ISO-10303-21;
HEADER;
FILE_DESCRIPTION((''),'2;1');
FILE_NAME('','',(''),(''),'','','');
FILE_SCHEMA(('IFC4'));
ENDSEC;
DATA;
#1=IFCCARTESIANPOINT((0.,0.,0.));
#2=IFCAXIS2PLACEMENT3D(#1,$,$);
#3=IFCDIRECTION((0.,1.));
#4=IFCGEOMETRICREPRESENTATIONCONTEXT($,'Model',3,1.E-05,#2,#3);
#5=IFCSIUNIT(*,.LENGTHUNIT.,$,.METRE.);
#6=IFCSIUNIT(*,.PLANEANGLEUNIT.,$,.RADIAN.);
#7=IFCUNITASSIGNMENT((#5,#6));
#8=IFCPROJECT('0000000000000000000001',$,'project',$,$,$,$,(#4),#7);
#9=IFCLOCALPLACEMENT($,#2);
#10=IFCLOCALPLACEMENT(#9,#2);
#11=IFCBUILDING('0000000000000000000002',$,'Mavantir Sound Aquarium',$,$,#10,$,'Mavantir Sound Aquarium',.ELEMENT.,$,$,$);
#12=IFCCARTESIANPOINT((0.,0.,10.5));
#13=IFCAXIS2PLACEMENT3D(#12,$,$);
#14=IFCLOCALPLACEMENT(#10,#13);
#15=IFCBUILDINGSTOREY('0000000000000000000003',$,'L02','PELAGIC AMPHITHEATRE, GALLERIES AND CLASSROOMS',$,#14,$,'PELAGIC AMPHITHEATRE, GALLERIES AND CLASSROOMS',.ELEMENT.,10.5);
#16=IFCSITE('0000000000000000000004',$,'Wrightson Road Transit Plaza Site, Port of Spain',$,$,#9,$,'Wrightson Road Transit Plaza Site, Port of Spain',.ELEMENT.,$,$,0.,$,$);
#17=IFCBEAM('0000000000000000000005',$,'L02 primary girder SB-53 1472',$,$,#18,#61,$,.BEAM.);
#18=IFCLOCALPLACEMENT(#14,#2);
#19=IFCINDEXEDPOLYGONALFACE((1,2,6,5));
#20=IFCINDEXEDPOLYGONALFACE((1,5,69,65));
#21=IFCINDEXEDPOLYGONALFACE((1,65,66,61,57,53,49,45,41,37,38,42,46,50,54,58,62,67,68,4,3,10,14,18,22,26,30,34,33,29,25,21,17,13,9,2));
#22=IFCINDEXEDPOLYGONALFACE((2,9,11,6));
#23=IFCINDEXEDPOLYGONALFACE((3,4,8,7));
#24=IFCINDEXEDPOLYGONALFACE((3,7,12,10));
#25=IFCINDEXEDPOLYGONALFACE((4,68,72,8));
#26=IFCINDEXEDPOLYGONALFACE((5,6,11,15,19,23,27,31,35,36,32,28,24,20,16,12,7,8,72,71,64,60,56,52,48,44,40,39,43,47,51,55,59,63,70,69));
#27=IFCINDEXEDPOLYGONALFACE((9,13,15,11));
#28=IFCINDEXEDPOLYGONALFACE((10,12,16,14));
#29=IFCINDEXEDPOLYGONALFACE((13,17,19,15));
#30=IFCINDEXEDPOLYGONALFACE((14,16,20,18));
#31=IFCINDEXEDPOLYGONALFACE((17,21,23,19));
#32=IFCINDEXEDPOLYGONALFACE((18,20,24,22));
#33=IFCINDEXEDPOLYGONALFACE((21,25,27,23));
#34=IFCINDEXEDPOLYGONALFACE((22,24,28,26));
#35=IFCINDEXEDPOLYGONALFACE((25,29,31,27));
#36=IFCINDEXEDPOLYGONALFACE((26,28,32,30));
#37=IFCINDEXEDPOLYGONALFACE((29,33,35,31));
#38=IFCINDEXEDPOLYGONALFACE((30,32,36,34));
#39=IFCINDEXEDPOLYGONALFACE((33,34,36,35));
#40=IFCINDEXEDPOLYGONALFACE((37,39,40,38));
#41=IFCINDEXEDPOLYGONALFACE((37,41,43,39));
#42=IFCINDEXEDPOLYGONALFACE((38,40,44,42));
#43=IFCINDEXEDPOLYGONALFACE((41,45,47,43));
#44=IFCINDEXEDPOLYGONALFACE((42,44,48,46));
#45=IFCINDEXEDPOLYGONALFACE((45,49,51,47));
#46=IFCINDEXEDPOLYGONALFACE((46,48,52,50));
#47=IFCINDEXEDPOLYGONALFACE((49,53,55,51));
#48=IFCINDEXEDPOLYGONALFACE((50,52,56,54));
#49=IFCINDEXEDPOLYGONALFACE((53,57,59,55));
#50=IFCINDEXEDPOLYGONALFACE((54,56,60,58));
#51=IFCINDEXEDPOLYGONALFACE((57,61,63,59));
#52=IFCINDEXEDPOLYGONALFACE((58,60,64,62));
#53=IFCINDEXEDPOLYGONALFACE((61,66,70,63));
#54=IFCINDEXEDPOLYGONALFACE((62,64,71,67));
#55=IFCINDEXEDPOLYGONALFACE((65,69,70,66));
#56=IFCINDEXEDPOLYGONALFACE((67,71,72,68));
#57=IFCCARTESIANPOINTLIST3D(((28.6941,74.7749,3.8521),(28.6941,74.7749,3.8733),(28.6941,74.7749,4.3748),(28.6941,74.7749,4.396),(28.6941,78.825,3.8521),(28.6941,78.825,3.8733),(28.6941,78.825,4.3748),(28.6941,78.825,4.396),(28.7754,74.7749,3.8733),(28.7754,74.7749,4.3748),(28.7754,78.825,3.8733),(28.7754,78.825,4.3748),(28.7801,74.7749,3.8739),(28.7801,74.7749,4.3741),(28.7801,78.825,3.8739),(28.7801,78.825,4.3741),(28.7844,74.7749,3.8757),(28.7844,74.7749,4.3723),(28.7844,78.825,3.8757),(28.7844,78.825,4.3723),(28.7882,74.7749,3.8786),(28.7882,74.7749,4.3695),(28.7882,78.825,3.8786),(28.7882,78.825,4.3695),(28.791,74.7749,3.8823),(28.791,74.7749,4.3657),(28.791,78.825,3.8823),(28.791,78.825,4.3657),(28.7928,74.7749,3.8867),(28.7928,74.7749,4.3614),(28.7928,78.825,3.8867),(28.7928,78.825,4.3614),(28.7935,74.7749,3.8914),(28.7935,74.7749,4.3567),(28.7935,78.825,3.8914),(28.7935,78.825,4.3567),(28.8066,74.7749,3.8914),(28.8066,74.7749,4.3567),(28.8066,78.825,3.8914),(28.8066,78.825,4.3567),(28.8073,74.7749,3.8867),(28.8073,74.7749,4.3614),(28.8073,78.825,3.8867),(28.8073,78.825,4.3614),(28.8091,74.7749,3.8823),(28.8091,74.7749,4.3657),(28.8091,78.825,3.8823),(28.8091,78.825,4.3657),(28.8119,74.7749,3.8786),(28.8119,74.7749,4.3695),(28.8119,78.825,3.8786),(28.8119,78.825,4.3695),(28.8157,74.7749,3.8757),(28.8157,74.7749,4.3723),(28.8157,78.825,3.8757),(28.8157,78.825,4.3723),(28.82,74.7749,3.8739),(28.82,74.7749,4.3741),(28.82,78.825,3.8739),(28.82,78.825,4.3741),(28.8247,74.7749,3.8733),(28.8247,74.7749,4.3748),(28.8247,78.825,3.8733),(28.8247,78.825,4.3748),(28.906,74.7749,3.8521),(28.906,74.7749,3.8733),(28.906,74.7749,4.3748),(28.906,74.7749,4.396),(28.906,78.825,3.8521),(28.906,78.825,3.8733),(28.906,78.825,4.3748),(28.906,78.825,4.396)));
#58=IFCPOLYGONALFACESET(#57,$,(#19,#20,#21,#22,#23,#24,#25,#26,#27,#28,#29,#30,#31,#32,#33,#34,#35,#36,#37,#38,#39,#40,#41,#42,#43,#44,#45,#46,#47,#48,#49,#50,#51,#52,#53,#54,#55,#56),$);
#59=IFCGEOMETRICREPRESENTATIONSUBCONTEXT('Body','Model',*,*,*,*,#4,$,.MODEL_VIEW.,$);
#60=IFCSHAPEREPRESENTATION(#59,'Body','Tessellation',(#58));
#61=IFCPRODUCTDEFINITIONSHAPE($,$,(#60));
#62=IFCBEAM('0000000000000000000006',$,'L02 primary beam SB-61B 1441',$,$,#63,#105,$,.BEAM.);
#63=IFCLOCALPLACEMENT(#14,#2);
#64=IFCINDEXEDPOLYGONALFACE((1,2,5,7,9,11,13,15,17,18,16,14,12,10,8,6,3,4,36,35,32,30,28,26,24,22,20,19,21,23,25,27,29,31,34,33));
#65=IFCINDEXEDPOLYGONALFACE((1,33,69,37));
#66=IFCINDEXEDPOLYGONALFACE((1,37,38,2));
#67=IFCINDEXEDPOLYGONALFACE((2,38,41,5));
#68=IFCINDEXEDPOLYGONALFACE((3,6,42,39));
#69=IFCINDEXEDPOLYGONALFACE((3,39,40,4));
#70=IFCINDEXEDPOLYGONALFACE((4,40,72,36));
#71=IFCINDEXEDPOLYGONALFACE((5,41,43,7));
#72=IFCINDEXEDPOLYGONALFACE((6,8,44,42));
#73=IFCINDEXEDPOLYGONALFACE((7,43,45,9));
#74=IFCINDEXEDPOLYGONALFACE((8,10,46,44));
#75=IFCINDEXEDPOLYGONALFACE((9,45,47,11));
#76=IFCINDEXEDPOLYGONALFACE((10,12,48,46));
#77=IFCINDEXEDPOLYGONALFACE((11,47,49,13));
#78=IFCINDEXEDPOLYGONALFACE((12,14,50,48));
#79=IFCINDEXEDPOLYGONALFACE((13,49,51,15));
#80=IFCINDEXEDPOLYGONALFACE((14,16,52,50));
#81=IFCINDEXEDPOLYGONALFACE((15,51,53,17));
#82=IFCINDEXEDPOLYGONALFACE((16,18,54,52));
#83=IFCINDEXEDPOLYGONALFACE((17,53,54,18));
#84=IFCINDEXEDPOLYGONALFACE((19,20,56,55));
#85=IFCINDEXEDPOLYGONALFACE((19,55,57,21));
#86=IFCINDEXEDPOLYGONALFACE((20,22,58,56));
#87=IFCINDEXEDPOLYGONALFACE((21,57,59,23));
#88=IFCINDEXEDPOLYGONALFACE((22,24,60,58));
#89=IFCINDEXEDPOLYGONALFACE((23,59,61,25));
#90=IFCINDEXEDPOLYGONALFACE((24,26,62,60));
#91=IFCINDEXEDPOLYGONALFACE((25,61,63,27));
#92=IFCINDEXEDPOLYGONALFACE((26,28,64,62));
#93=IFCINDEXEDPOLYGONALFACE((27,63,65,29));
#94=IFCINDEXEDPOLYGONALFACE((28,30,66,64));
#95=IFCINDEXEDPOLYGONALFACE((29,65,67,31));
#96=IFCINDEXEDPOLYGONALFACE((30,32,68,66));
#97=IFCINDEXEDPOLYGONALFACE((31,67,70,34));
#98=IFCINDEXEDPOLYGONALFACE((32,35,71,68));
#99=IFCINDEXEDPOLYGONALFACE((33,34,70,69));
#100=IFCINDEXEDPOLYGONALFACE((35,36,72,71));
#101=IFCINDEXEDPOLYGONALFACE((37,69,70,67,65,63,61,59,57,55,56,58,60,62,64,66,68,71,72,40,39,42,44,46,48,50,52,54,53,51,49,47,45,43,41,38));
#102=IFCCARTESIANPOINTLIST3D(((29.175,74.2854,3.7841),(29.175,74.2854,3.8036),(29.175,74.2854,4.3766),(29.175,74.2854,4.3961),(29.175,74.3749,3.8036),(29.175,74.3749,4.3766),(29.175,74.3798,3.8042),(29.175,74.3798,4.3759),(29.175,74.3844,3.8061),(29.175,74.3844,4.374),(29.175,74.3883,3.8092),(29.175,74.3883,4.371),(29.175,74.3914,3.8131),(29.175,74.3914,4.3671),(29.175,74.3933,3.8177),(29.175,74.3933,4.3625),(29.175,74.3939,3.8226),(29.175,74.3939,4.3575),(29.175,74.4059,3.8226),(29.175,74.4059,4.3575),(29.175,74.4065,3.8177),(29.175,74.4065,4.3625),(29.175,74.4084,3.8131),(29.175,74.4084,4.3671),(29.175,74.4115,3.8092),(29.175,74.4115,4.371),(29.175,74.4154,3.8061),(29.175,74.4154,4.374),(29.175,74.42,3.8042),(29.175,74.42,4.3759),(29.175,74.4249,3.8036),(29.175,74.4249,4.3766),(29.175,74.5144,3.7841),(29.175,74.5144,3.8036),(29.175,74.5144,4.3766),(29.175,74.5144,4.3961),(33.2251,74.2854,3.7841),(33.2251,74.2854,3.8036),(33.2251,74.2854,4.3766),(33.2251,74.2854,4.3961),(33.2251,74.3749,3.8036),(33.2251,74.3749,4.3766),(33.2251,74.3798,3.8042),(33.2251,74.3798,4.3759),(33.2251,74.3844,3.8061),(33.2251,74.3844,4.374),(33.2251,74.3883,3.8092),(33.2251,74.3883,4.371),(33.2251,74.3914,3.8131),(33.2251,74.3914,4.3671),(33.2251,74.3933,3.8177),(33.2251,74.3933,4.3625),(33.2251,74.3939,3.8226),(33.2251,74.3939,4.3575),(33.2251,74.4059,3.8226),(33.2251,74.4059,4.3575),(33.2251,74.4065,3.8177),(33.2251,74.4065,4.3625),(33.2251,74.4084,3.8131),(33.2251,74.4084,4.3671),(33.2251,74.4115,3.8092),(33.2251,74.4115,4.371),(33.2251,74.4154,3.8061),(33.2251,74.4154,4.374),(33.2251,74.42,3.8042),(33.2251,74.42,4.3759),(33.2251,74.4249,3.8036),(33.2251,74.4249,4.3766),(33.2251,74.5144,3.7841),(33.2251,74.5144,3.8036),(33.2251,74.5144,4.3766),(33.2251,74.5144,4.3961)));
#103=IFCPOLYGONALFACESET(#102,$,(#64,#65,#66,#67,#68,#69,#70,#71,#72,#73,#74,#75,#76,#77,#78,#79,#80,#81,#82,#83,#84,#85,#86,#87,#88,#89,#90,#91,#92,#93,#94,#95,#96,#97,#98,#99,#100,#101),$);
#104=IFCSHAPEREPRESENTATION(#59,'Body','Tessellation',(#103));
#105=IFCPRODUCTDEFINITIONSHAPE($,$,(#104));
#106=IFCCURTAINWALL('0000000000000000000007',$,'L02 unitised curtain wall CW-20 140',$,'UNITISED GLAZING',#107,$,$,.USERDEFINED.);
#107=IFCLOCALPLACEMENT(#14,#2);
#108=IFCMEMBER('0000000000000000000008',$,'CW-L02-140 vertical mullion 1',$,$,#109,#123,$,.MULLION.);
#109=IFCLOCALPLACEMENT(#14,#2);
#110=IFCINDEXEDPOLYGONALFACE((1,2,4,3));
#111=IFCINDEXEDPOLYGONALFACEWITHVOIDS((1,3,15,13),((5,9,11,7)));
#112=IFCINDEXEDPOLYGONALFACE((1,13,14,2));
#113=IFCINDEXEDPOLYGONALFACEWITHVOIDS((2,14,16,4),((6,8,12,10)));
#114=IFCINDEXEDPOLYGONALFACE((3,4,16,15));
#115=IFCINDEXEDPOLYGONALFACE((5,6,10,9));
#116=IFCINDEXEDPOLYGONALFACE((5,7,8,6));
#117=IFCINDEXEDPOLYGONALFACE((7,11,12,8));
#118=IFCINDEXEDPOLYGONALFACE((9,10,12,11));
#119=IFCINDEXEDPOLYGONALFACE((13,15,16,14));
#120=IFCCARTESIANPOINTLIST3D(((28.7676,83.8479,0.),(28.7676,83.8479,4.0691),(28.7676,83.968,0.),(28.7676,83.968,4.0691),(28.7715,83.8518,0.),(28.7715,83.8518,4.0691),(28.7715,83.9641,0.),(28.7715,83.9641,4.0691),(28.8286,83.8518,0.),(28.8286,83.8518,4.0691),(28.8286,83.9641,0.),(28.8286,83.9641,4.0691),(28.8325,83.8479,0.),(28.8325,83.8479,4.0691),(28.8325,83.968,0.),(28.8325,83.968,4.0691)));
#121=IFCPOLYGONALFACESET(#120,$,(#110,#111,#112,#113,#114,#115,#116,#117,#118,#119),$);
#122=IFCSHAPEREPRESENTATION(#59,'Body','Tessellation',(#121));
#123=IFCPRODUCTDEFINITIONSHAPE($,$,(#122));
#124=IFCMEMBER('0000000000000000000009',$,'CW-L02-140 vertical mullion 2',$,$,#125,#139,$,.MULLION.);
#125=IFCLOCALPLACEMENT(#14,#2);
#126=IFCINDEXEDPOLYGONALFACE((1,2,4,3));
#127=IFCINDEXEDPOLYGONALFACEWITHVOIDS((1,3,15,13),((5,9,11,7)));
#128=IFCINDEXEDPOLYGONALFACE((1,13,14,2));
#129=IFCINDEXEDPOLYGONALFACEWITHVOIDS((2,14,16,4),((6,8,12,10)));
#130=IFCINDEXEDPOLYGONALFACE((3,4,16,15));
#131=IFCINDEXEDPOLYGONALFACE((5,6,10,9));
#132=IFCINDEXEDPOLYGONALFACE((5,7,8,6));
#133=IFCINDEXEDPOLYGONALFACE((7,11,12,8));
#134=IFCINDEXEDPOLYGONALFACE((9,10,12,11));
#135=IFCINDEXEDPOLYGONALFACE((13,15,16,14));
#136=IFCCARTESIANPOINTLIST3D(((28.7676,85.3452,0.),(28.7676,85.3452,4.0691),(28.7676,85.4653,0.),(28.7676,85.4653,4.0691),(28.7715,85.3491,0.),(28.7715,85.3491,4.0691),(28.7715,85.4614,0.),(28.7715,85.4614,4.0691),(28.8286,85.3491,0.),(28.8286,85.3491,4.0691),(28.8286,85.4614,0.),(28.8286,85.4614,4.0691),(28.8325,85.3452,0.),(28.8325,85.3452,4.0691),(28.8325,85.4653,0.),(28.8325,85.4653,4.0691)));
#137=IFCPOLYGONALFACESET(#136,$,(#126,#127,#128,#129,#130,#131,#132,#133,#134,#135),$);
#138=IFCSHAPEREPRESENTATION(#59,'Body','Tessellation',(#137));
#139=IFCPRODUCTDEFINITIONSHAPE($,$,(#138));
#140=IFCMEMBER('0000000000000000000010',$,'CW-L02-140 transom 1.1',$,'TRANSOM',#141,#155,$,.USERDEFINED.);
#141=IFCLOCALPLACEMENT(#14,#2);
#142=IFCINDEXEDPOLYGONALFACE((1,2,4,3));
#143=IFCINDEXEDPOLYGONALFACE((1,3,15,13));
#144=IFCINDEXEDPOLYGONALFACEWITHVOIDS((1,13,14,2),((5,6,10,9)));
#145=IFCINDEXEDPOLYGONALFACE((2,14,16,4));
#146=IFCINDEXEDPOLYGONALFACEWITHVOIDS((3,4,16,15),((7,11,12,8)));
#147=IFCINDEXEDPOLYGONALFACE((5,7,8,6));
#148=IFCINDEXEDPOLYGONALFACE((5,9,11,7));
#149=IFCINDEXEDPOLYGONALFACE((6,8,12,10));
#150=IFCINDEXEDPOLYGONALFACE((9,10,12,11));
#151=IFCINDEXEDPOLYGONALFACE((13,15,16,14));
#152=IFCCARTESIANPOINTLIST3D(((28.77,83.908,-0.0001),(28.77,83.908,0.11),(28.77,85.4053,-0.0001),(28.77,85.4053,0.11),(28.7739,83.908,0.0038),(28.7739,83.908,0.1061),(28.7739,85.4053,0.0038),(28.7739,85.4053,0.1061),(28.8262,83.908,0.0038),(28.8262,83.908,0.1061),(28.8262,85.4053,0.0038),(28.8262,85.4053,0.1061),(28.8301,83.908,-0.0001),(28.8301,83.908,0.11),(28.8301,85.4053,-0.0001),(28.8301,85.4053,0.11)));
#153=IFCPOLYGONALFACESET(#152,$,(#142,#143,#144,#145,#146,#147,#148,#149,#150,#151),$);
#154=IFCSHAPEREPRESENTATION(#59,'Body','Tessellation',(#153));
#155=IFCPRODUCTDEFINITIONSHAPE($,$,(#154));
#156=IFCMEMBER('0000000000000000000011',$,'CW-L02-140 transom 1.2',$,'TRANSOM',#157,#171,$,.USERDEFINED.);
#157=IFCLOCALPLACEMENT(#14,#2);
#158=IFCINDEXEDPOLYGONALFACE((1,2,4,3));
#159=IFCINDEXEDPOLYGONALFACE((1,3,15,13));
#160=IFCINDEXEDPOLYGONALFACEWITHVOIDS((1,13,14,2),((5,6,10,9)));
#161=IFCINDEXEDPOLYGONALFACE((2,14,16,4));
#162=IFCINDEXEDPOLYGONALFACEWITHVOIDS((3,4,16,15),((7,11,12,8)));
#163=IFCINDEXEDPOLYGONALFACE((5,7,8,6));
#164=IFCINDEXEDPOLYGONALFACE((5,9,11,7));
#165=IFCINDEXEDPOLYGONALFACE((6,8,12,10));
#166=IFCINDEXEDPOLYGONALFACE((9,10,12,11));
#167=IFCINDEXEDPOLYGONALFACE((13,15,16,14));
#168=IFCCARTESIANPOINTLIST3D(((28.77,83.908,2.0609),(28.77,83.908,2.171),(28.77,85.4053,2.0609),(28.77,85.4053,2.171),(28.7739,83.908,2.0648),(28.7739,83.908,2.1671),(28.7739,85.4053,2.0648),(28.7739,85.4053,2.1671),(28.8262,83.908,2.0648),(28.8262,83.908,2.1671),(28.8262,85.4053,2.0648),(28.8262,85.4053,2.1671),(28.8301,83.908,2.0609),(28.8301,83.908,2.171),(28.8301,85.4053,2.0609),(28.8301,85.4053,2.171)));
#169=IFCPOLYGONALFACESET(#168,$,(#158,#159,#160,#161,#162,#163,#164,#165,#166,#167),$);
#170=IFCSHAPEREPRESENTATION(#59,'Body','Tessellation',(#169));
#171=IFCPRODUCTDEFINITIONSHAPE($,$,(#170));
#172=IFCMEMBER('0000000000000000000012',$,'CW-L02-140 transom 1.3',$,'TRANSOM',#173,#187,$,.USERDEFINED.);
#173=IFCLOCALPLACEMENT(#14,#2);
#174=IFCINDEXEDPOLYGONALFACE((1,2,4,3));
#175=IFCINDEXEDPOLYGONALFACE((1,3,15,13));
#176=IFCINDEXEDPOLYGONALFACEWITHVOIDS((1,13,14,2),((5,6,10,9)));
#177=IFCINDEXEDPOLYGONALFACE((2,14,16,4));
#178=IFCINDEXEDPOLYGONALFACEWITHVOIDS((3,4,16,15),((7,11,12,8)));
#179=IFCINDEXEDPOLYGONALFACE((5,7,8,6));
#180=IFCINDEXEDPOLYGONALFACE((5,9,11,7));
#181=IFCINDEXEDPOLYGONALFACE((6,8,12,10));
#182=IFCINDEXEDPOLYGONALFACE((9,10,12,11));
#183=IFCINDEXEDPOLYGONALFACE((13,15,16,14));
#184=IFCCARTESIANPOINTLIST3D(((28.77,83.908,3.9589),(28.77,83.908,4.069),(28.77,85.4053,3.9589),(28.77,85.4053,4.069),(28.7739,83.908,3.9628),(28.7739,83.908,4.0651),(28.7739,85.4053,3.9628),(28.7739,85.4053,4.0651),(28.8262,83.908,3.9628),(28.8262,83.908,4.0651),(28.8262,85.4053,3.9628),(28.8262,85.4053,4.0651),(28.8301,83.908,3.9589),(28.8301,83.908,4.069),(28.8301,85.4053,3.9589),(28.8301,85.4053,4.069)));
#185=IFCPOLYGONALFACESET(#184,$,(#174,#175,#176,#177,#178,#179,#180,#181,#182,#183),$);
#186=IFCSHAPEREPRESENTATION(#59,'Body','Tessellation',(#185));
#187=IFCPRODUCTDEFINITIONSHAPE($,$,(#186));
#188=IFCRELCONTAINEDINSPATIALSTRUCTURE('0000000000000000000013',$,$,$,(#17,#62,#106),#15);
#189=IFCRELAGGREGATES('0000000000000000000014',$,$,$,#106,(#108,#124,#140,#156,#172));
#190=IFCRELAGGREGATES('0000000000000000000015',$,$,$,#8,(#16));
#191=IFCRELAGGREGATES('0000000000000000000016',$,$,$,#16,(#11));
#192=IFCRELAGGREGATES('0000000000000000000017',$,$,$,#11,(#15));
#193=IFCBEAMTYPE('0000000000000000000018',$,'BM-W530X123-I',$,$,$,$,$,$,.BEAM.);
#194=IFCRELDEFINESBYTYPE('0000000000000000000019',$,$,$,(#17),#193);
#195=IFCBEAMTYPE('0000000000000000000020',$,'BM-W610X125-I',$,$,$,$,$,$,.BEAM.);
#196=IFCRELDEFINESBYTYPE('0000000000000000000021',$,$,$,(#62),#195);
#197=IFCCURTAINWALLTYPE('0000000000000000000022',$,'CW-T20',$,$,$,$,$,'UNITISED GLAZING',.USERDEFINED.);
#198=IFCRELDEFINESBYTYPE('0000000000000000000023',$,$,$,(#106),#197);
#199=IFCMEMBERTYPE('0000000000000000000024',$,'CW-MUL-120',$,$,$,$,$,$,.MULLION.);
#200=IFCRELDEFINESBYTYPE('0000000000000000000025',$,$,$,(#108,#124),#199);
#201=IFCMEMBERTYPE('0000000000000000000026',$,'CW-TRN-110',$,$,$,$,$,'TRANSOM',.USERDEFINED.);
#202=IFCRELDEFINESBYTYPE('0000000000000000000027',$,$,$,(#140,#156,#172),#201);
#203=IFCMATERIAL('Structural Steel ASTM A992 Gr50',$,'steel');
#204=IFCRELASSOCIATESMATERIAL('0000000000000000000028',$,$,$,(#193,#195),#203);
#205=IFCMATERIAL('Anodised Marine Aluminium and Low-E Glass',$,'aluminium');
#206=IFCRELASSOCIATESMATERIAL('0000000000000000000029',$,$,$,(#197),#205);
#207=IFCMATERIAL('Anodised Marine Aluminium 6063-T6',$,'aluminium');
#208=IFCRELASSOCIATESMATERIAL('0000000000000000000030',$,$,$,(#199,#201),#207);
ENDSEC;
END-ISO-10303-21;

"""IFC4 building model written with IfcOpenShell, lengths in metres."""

from ifc_helpers import new_model, si_unit, direction, frame, origin, origin_2d, place, context, subcontext, project, spatial, hollow_rectangle, i_section, extrude, material, material_profile, profile_set, type_object, element, aggregate, save


model = new_model("IFC4")

# Units and contexts
model_context = context("Model", 3, precision=1e-05, world=origin(), true_north=direction((0.0, 1.0)))
body_context = subcontext(model_context, "Body", "Model", "MODEL_VIEW")
ifc_project = project(units=[si_unit("LENGTHUNIT", "METRE"), si_unit("PLANEANGLEUNIT", "RADIAN")], contexts=[model_context])

# Site, building, storey
site_placement = place(None, origin())
site = spatial("IfcSite", under=ifc_project, at=site_placement, Name="Wrightson Road Transit Plaza Site, Port of Spain", LongName="Wrightson Road Transit Plaza Site, Port of Spain", CompositionType="ELEMENT", RefElevation=0.0)
building_placement = place(site_placement, origin())
building = spatial("IfcBuilding", under=site, at=building_placement, Name="Mavantir Sound Aquarium", LongName="Mavantir Sound Aquarium", CompositionType="ELEMENT")
storey_placement = place(building_placement, frame((0.0, 0.0, 10.5)))
storey = spatial("IfcBuildingStorey", under=building, at=storey_placement, Name="L02", Description="PELAGIC AMPHITHEATRE, GALLERIES AND CLASSROOMS", LongName="PELAGIC AMPHITHEATRE, GALLERIES AND CLASSROOMS", CompositionType="ELEMENT", Elevation=10.5)

# Beams
ifc_material_1 = material(Name="Structural Steel ASTM A992 Gr50", Category="steel")
ifc_material_profile_1 = material_profile(ifc_material_1, i_section(OverallWidth=0.2119, OverallDepth=0.5439, WebThickness=0.0132, FlangeThickness=0.0212, FilletRadius=0.0181, at=origin_2d()), Name="W530X123")
ifc_profile_set_1 = profile_set([ifc_material_profile_1], Name="Structural Steel ASTM A992 Gr50")
beam_type_1 = type_object("IfcBeamType", Name="BM-W530X123-I", PredefinedType="BEAM", material=ifc_profile_set_1)
beam_1_placement = place(storey_placement, frame((28.8, 74.7749, 4.124), z_axis=(0.0, 1.0, 0.0), x_axis=(-1.0, 0.0, 0.0)))
element("IfcBeam", 1, at=beam_1_placement, inside=storey, type_object=beam_type_1, Name="L02 primary girder SB-53 1472", PredefinedType="BEAM", context=body_context, shape_type="SweptSolid", body=[
    extrude(i_section(OverallWidth=0.2119, OverallDepth=0.5439, WebThickness=0.0132, FlangeThickness=0.0212, FilletRadius=0.0181, at=origin_2d()), origin(), (0.0, 0.0, 1.0), 4.05),
])
ifc_material_profile_2 = material_profile(ifc_material_1, i_section(OverallWidth=0.229, OverallDepth=0.6121, WebThickness=0.012, FlangeThickness=0.0195, FilletRadius=0.019, at=origin_2d()), Name="W610X125")
ifc_profile_set_2 = profile_set([ifc_material_profile_2], Name="Structural Steel ASTM A992 Gr50")
beam_type_2 = type_object("IfcBeamType", Name="BM-W610X125-I", PredefinedType="BEAM", material=ifc_profile_set_2)
beam_2_placement = place(storey_placement, frame((29.175, 74.3999, 4.0901), z_axis=(1.0, 0.0, 0.0), x_axis=(0.0, 1.0, 0.0)))
element("IfcBeam", 2, at=beam_2_placement, inside=storey, type_object=beam_type_2, Name="L02 primary beam SB-61B 1441", PredefinedType="BEAM", context=body_context, shape_type="SweptSolid", body=[
    extrude(i_section(OverallWidth=0.229, OverallDepth=0.6121, WebThickness=0.012, FlangeThickness=0.0195, FilletRadius=0.019, at=origin_2d()), origin(), (0.0, 0.0, 1.0), 4.05),
])

# Curtain wall, members
ifc_material_2 = material(Name="Anodised Marine Aluminium and Low-E Glass", Category="aluminium")
curtain_wall_type = type_object("IfcCurtainWallType", Name="CW-T20", ElementType="UNITISED GLAZING", PredefinedType="USERDEFINED", material=ifc_material_2)
curtain_wall_placement = place(storey_placement, origin())
curtain_wall = element("IfcCurtainWall", 3, at=curtain_wall_placement, inside=storey, type_object=curtain_wall_type, Name="L02 unitised curtain wall CW-20 140", ObjectType="UNITISED GLAZING", PredefinedType="USERDEFINED")
ifc_material_3 = material(Name="Anodised Marine Aluminium 6063-T6", Category="aluminium")
ifc_material_profile_3 = material_profile(ifc_material_3, hollow_rectangle(XDim=0.0649, YDim=0.1201, WallThickness=0.0039, at=origin_2d()), Name="ALU-MULLION-120X65")
ifc_profile_set_3 = profile_set([ifc_material_profile_3], Name="Anodised Marine Aluminium 6063-T6")
member_type_1 = type_object("IfcMemberType", Name="CW-MUL-120", PredefinedType="MULLION", material=ifc_profile_set_3)
member_1_placement = place(storey_placement, frame((28.8, 83.908, 0.0), z_axis=(0.0, 0.0, 1.0), x_axis=(1.0, 0.0, 0.0)))
member_1 = element("IfcMember", 4, at=member_1_placement, type_object=member_type_1, Name="CW-L02-140 vertical mullion 1", PredefinedType="MULLION", context=body_context, shape_type="SweptSolid", body=[
    extrude(hollow_rectangle(XDim=0.0649, YDim=0.1201, WallThickness=0.0039, at=origin_2d()), origin(), (0.0, 0.0, 1.0), 4.0691),
])
member_2_placement = place(storey_placement, frame((28.8, 85.4053, 0.0), z_axis=(0.0, 0.0, 1.0), x_axis=(1.0, 0.0, 0.0)))
member_2 = element("IfcMember", 5, at=member_2_placement, type_object=member_type_1, Name="CW-L02-140 vertical mullion 2", PredefinedType="MULLION", context=body_context, shape_type="SweptSolid", body=[
    extrude(hollow_rectangle(XDim=0.0649, YDim=0.1201, WallThickness=0.0039, at=origin_2d()), origin(), (0.0, 0.0, 1.0), 4.0691),
])
ifc_material_profile_4 = material_profile(ifc_material_3, hollow_rectangle(XDim=0.0601, YDim=0.1101, WallThickness=0.0039, at=origin_2d()), Name="ALU-TRANSOM-110X60")
ifc_profile_set_4 = profile_set([ifc_material_profile_4], Name="Anodised Marine Aluminium 6063-T6")
member_type_2 = type_object("IfcMemberType", Name="CW-TRN-110", ElementType="TRANSOM", PredefinedType="USERDEFINED", material=ifc_profile_set_4)
member_3_placement = place(storey_placement, frame((28.8, 83.908, 0.0549), z_axis=(0.0, 1.0, 0.0), x_axis=(-1.0, 0.0, 0.0)))
member_3 = element("IfcMember", 6, at=member_3_placement, type_object=member_type_2, Name="CW-L02-140 transom 1.1", ObjectType="TRANSOM", PredefinedType="USERDEFINED", context=body_context, shape_type="SweptSolid", body=[
    extrude(hollow_rectangle(XDim=0.0601, YDim=0.1101, WallThickness=0.0039, at=origin_2d()), origin(), (0.0, 0.0, 1.0), 1.4973),
])
member_4_placement = place(storey_placement, frame((28.8, 83.908, 2.116), z_axis=(0.0, 1.0, 0.0), x_axis=(-1.0, 0.0, 0.0)))
member_4 = element("IfcMember", 7, at=member_4_placement, type_object=member_type_2, Name="CW-L02-140 transom 1.2", ObjectType="TRANSOM", PredefinedType="USERDEFINED", context=body_context, shape_type="SweptSolid", body=[
    extrude(hollow_rectangle(XDim=0.0601, YDim=0.1101, WallThickness=0.0039, at=origin_2d()), origin(), (0.0, 0.0, 1.0), 1.4973),
])
member_5_placement = place(storey_placement, frame((28.8, 83.908, 4.0139), z_axis=(0.0, 1.0, 0.0), x_axis=(-1.0, 0.0, 0.0)))
member_5 = element("IfcMember", 8, at=member_5_placement, type_object=member_type_2, Name="CW-L02-140 transom 1.3", ObjectType="TRANSOM", PredefinedType="USERDEFINED", context=body_context, shape_type="SweptSolid", body=[
    extrude(hollow_rectangle(XDim=0.0601, YDim=0.1101, WallThickness=0.0039, at=origin_2d()), origin(), (0.0, 0.0, 1.0), 1.4973),
])
aggregate(curtain_wall, [member_1, member_2, member_3, member_4, member_5])

save(model, "model.ifc")
